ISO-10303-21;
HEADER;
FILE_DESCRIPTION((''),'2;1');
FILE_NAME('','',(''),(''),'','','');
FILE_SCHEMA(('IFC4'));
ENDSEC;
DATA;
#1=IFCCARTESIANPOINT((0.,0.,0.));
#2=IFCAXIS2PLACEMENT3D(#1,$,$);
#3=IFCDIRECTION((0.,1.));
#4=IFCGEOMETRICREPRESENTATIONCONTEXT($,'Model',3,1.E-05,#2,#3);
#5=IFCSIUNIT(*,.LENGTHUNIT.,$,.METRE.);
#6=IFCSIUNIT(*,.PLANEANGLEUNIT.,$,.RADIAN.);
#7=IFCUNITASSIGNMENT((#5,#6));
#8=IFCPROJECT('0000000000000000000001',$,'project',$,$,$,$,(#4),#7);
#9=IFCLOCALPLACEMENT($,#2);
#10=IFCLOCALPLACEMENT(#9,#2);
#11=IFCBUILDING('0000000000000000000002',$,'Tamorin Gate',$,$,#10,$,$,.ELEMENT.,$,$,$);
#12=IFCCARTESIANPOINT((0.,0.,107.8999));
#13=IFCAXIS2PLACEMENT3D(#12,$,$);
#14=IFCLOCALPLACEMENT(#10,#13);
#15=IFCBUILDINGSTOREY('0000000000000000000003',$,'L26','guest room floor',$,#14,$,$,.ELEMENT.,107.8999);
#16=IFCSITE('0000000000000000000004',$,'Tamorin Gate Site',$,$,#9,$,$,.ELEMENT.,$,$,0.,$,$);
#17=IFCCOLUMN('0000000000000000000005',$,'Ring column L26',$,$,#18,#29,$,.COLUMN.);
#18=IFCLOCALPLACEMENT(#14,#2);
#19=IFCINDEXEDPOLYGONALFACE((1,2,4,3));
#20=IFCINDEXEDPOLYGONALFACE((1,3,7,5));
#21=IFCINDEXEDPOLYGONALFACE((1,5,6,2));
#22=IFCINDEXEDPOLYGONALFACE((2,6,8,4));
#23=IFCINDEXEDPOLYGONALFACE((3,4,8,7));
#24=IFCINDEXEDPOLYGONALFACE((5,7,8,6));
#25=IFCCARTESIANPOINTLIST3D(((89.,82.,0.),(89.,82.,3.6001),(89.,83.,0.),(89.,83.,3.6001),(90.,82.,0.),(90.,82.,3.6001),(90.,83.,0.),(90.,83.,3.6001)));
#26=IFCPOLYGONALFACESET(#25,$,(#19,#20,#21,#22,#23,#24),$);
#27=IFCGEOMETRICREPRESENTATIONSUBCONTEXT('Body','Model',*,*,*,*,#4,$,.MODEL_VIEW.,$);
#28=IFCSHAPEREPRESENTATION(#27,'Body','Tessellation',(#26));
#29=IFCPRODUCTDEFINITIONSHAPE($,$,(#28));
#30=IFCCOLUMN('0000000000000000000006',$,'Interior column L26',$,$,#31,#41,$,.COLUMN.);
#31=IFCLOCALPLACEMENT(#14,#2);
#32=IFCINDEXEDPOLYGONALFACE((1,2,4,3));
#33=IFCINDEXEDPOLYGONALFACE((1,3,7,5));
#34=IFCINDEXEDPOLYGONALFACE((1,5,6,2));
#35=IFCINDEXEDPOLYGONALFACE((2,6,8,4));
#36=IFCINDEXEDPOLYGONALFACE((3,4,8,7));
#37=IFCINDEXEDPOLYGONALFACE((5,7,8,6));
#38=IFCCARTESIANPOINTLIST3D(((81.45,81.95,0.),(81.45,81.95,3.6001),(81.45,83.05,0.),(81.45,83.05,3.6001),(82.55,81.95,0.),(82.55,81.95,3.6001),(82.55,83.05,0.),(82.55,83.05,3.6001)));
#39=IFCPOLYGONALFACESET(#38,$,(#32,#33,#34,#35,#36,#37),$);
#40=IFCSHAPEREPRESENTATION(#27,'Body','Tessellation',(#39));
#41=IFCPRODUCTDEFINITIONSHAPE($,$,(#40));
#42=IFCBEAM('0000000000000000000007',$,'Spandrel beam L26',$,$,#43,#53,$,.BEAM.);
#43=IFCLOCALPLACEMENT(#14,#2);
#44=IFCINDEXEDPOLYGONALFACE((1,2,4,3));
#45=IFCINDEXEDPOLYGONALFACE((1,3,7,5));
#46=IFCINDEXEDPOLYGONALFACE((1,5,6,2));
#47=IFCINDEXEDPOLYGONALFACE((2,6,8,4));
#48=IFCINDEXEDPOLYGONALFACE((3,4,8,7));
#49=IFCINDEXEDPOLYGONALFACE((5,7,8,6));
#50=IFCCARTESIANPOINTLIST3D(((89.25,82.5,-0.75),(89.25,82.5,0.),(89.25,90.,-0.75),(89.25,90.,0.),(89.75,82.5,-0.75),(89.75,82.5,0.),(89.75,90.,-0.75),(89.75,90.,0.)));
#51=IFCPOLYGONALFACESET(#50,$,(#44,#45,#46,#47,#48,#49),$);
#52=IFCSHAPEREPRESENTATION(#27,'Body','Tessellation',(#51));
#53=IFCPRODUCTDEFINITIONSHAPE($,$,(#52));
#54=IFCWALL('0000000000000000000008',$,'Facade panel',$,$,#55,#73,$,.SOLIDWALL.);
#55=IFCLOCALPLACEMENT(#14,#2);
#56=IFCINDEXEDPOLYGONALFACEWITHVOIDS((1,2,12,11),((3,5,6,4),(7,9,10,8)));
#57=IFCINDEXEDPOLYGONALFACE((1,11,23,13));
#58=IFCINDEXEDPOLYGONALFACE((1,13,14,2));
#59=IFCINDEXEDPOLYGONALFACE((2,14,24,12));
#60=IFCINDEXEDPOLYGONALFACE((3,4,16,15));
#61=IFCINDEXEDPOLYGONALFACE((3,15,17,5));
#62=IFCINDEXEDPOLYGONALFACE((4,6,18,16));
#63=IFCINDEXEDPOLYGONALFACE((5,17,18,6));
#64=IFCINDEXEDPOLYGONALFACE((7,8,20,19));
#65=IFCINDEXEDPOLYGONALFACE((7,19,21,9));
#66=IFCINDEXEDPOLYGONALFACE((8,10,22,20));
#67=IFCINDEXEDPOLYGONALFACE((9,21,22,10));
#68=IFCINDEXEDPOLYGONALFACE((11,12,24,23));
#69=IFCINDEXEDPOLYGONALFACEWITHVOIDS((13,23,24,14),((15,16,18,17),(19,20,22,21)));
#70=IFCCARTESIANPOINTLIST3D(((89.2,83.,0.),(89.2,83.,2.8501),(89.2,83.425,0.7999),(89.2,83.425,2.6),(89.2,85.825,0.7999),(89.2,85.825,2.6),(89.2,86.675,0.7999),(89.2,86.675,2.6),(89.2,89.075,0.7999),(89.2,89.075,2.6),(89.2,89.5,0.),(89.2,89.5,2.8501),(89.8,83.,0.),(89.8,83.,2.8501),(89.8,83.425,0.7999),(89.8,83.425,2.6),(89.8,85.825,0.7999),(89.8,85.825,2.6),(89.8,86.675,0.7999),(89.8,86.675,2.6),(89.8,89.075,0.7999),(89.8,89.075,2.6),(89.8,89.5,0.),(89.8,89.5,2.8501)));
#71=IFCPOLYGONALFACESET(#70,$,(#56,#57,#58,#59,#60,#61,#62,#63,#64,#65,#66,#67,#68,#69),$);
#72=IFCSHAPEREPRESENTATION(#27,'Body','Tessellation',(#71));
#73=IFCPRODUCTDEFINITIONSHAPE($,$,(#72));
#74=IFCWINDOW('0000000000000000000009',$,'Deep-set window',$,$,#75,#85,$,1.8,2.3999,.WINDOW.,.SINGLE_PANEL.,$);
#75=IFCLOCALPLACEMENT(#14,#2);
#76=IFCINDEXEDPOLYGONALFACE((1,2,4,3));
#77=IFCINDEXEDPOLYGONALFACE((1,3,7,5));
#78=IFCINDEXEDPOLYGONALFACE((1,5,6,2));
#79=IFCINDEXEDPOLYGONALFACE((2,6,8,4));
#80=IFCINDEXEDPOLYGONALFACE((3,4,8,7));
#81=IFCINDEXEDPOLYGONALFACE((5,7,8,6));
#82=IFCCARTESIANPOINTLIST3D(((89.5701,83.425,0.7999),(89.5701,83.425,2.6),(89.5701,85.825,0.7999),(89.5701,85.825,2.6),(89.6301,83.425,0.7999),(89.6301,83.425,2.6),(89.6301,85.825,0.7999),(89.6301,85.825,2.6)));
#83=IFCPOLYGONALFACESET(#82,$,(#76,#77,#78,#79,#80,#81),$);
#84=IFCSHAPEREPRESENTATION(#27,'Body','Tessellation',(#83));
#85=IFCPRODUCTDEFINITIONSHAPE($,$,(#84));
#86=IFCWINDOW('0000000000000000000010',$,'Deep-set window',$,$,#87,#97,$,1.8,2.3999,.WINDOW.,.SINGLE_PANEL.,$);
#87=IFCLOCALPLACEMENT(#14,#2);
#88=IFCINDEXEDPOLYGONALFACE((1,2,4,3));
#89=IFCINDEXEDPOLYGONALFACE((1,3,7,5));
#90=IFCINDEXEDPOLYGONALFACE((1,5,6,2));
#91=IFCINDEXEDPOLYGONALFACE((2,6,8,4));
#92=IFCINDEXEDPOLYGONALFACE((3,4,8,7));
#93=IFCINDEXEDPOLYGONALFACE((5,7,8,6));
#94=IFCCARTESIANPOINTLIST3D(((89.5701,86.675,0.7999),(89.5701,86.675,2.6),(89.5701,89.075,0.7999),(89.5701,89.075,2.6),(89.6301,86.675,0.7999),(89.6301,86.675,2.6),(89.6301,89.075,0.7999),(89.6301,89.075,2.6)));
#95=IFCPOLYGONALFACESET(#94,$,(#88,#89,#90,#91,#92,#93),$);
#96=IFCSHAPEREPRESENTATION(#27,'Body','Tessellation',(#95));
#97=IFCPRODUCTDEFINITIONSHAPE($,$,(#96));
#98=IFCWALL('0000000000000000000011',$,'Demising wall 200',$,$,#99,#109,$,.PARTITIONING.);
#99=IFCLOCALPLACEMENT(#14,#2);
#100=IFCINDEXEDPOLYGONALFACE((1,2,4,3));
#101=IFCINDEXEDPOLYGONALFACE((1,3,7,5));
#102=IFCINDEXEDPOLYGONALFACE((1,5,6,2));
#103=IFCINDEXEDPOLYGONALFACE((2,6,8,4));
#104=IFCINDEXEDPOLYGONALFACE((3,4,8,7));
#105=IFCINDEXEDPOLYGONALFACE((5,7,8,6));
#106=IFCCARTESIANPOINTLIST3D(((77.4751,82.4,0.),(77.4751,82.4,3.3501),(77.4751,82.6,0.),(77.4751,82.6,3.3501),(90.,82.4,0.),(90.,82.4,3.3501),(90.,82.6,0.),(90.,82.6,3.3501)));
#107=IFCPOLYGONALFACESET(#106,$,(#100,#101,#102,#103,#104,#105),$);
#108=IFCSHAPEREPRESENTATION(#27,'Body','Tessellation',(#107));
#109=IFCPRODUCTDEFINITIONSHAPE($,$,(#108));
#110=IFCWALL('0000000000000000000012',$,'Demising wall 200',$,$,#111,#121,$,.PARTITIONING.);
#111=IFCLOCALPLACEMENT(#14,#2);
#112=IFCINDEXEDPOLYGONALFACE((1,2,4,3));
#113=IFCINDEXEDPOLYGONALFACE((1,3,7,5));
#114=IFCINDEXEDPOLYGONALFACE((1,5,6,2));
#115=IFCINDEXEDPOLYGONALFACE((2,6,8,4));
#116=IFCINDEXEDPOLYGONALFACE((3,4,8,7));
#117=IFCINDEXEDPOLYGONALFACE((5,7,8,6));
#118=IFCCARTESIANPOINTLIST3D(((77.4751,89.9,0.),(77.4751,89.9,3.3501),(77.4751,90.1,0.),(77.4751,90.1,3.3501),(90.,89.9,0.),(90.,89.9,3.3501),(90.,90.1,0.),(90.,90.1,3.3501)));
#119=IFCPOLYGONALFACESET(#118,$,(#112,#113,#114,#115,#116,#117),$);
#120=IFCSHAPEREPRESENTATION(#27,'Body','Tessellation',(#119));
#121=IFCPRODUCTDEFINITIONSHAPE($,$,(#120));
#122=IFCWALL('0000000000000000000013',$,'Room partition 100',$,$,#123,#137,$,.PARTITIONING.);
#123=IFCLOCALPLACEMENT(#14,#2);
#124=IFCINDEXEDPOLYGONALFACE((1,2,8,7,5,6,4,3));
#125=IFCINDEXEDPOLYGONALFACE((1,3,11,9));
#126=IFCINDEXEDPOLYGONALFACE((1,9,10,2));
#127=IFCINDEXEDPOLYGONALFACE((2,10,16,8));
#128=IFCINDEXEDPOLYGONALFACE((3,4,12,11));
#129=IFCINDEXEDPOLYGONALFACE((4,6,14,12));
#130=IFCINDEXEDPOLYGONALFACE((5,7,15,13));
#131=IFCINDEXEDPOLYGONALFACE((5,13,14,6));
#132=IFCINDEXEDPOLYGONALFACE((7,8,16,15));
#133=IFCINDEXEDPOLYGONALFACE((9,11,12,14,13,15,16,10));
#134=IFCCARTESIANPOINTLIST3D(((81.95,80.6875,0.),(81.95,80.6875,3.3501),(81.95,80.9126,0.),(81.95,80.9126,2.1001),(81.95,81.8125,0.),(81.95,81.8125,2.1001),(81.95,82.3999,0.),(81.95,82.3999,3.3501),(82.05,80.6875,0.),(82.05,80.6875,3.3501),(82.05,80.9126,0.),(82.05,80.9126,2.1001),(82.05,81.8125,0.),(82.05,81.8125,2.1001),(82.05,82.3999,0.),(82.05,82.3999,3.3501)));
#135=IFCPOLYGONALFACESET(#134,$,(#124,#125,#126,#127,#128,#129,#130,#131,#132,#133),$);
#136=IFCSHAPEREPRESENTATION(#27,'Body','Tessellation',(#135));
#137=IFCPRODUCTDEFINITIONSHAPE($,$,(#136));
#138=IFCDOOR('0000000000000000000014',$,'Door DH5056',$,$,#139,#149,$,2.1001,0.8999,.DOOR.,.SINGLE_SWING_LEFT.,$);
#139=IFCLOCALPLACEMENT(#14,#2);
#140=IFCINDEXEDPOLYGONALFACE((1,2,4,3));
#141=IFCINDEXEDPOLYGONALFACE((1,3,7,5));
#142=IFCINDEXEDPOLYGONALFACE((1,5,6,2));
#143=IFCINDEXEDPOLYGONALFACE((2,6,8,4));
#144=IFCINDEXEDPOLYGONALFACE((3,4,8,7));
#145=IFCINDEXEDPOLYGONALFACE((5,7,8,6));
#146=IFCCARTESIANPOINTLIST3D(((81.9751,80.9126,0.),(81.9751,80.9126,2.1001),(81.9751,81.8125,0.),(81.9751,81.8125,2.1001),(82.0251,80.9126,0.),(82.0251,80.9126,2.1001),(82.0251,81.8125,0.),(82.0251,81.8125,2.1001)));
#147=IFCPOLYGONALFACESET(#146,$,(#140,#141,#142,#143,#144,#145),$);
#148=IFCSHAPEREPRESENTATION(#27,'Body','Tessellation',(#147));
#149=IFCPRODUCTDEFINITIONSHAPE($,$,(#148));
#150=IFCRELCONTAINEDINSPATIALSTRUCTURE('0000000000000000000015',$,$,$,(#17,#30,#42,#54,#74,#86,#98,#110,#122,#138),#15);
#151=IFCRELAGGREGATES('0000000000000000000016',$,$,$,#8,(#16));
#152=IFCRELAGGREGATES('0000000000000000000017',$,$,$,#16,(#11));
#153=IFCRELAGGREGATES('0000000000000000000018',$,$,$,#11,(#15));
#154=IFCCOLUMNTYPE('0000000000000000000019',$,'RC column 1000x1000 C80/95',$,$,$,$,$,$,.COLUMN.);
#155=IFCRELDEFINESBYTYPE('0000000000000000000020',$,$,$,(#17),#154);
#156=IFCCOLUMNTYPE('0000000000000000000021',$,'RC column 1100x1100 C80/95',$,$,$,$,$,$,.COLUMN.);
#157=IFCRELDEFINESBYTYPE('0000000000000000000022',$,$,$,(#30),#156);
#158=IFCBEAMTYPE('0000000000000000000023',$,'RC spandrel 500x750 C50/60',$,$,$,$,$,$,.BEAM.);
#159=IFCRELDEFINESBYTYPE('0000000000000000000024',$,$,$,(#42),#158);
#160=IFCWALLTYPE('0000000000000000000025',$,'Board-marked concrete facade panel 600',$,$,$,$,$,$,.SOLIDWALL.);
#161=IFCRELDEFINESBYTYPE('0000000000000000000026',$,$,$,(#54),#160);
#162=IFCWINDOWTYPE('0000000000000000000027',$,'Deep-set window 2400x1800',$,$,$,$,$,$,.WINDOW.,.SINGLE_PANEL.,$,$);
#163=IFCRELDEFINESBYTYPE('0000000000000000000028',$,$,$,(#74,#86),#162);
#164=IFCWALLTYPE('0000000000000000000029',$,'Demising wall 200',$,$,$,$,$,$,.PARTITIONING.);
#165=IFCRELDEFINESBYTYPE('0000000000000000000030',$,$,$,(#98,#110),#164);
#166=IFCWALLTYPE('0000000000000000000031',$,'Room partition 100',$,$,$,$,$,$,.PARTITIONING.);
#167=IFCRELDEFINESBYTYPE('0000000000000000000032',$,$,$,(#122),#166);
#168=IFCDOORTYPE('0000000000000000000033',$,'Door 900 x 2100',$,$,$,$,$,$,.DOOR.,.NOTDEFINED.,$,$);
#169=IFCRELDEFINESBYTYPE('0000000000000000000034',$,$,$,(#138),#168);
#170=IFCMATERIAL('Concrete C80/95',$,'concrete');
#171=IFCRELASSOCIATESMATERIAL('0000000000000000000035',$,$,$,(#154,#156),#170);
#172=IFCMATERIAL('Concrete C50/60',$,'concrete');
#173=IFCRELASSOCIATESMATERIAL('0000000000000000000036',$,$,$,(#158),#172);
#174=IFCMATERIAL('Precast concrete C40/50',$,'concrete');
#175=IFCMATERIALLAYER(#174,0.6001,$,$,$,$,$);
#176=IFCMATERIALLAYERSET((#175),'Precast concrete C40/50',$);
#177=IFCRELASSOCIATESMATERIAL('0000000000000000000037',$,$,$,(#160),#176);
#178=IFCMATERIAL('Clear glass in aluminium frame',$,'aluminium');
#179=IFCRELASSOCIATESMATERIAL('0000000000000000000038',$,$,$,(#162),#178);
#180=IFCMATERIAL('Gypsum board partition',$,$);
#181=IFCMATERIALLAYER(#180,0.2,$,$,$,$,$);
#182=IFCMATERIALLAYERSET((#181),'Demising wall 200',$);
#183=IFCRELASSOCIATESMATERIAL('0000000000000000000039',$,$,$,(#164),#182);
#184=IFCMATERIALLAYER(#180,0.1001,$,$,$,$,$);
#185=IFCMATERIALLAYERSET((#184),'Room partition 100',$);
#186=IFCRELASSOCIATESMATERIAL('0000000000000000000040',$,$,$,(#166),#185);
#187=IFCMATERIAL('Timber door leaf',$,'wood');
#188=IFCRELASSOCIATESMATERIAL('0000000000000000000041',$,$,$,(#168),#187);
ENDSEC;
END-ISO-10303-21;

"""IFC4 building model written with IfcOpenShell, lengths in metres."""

from ifc_helpers import new_model, si_unit, direction, frame, frame_2d, origin, origin_2d, place, context, subcontext, project, spatial, rectangle, extrude, material, layer, layer_set, material_profile, profile_set, type_object, element, fill, save


model = new_model("IFC4")

# Units and contexts
model_context = context("Model", 3, precision=1e-05, world=origin(), true_north=direction((0.0, 1.0)))
body_context = subcontext(model_context, "Body", "Model", "MODEL_VIEW")
ifc_project = project(units=[si_unit("LENGTHUNIT", "METRE"), si_unit("PLANEANGLEUNIT", "RADIAN")], contexts=[model_context])

# Site, building, storey
site_placement = place(None, origin())
site = spatial("IfcSite", under=ifc_project, at=site_placement, Name="Tamorin Gate Site", CompositionType="ELEMENT", RefElevation=0.0)
building_placement = place(site_placement, origin())
building = spatial("IfcBuilding", under=site, at=building_placement, Name="Tamorin Gate", CompositionType="ELEMENT")
storey_placement = place(building_placement, frame((0.0, 0.0, 107.8999)))
storey = spatial("IfcBuildingStorey", under=building, at=storey_placement, Name="L26", Description="guest room floor", CompositionType="ELEMENT", Elevation=107.8999)

# Columns
ifc_material_1 = material(Name="Concrete C80/95", Category="concrete")
ifc_material_profile_1 = material_profile(ifc_material_1, rectangle(XDim=1.0, YDim=1.0, at=origin_2d()), Name="RC 1000x1000")
ifc_profile_set_1 = profile_set([ifc_material_profile_1], Name="Concrete C80/95")
column_type_1 = type_object("IfcColumnType", Name="RC column 1000x1000 C80/95", PredefinedType="COLUMN", material=ifc_profile_set_1)
column_1_placement = place(storey_placement, frame((89.5, 82.5, 0.0), z_axis=(0.0, 0.0, 1.0), x_axis=(1.0, 0.0, 0.0)))
element("IfcColumn", 1, at=column_1_placement, inside=storey, type_object=column_type_1, Name="Ring column L26", PredefinedType="COLUMN", context=body_context, shape_type="SweptSolid", body=[
    extrude(rectangle(XDim=1.0, YDim=1.0, at=origin_2d()), origin(), (0.0, 0.0, 1.0), 3.6001),
])
ifc_material_profile_2 = material_profile(ifc_material_1, rectangle(XDim=1.1001, YDim=1.1001, at=origin_2d()), Name="RC 1100x1100")
ifc_profile_set_2 = profile_set([ifc_material_profile_2], Name="Concrete C80/95")
column_type_2 = type_object("IfcColumnType", Name="RC column 1100x1100 C80/95", PredefinedType="COLUMN", material=ifc_profile_set_2)
column_2_placement = place(storey_placement, frame((82.0, 82.5, 0.0), z_axis=(0.0, 0.0, 1.0), x_axis=(1.0, 0.0, 0.0)))
element("IfcColumn", 2, at=column_2_placement, inside=storey, type_object=column_type_2, Name="Interior column L26", PredefinedType="COLUMN", context=body_context, shape_type="SweptSolid", body=[
    extrude(rectangle(XDim=1.1001, YDim=1.1001, at=origin_2d()), origin(), (0.0, 0.0, 1.0), 3.6001),
])

# Beam
ifc_material_2 = material(Name="Concrete C50/60", Category="concrete")
ifc_material_profile_3 = material_profile(ifc_material_2, rectangle(XDim=0.5, YDim=0.75, at=origin_2d()), Name="RC 500x750")
ifc_profile_set_3 = profile_set([ifc_material_profile_3], Name="Concrete C50/60")
beam_type = type_object("IfcBeamType", Name="RC spandrel 500x750 C50/60", PredefinedType="BEAM", material=ifc_profile_set_3)
beam_placement = place(storey_placement, frame((89.5, 82.5, -0.375), z_axis=(0.0, 1.0, 0.0), x_axis=(-1.0, 0.0, 0.0)))
element("IfcBeam", 3, at=beam_placement, inside=storey, type_object=beam_type, Name="Spandrel beam L26", PredefinedType="BEAM", context=body_context, shape_type="SweptSolid", body=[
    extrude(rectangle(XDim=0.5, YDim=0.75, at=origin_2d()), origin(), (0.0, 0.0, 1.0), 7.5),
])

# Wall, openings, windows
ifc_material_3 = material(Name="Precast concrete C40/50", Category="concrete")
ifc_layer_1 = layer(ifc_material_3, 0.6001)
ifc_layer_set_1 = layer_set([ifc_layer_1], Name="Precast concrete C40/50")
wall_type_1 = type_object("IfcWallType", Name="Board-marked concrete facade panel 600", PredefinedType="SOLIDWALL", material=ifc_layer_set_1)
wall_1_placement = place(storey_placement, frame((89.5, 83.0, 0.0), z_axis=(0.0, 0.0, 1.0), x_axis=(0.0, 1.0, 0.0)))
wall_1 = element("IfcWall", 4, at=wall_1_placement, inside=storey, type_object=wall_type_1, Name="Facade panel", PredefinedType="SOLIDWALL", context=body_context, shape_type="SweptSolid", body=[
    extrude(rectangle(XDim=6.5, YDim=0.6001, at=frame_2d((3.25, 0.0))), origin(), (0.0, 0.0, 1.0), 2.8501),
])
opening_1_placement = place(wall_1_placement, frame((0.425, 0.0, 0.8)))
opening_1 = element("IfcOpeningElement", 5, at=opening_1_placement, cuts=wall_1, PredefinedType="OPENING", context=body_context, shape_type="SweptSolid", body=[
    extrude(rectangle(XDim=2.3999, YDim=1.8, at=frame_2d((1.2, 0.8999))), frame((0.0, 0.3101, 0.0), z_axis=(0.0, -1.0, 0.0), x_axis=(1.0, 0.0, 0.0)), (0.0, 0.0, 1.0), 0.6201),
])
opening_2_placement = place(wall_1_placement, frame((3.675, 0.0, 0.8)))
opening_2 = element("IfcOpeningElement", 6, at=opening_2_placement, cuts=wall_1, PredefinedType="OPENING", context=body_context, shape_type="SweptSolid", body=[
    extrude(rectangle(XDim=2.3999, YDim=1.8, at=frame_2d((1.2, 0.8999))), frame((0.0, 0.3101, 0.0), z_axis=(0.0, -1.0, 0.0), x_axis=(1.0, 0.0, 0.0)), (0.0, 0.0, 1.0), 0.6201),
])
ifc_material_4 = material(Name="Clear glass in aluminium frame", Category="aluminium")
window_type = type_object("IfcWindowType", Name="Deep-set window 2400x1800", PartitioningType="SINGLE_PANEL", PredefinedType="WINDOW", material=ifc_material_4)
window_1_placement = place(opening_1_placement, origin())
window_1 = element("IfcWindow", 7, at=window_1_placement, inside=storey, type_object=window_type, Name="Deep-set window", OverallHeight=1.8, OverallWidth=2.3999, PartitioningType="SINGLE_PANEL", PredefinedType="WINDOW", context=body_context, shape_type="SweptSolid", body=[
    extrude(rectangle(XDim=2.3999, YDim=1.8, at=frame_2d((1.2, 0.8999))), frame((0.0, -0.0701, 0.0), z_axis=(0.0, -1.0, 0.0), x_axis=(1.0, 0.0, 0.0)), (0.0, 0.0, 1.0), 0.0601),
])
fill(opening_1, window_1)
window_2_placement = place(opening_2_placement, origin())
window_2 = element("IfcWindow", 8, at=window_2_placement, inside=storey, type_object=window_type, Name="Deep-set window", OverallHeight=1.8, OverallWidth=2.3999, PartitioningType="SINGLE_PANEL", PredefinedType="WINDOW", context=body_context, shape_type="SweptSolid", body=[
    extrude(rectangle(XDim=2.3999, YDim=1.8, at=frame_2d((1.2, 0.8999))), frame((0.0, -0.0701, 0.0), z_axis=(0.0, -1.0, 0.0), x_axis=(1.0, 0.0, 0.0)), (0.0, 0.0, 1.0), 0.0601),
])
fill(opening_2, window_2)

# Walls
ifc_material_5 = material(Name="Gypsum board partition")
ifc_layer_2 = layer(ifc_material_5, 0.2)
ifc_layer_set_2 = layer_set([ifc_layer_2], Name="Demising wall 200")
wall_type_2 = type_object("IfcWallType", Name="Demising wall 200", PredefinedType="PARTITIONING", material=ifc_layer_set_2)
for number, where, z_axis, x_axis, name in (
    (9, (77.4751, 82.5, 0.0), (0.0, 0.0, 1.0), (1.0, 0.0, 0.0), "Demising wall 200"),
    (10, (77.4751, 90.0, 0.0), (0.0, 0.0, 1.0), (1.0, 0.0, 0.0), "Demising wall 200"),
):
    element("IfcWall", number, at=place(storey_placement, frame(where, z_axis=z_axis, x_axis=x_axis)), inside=storey, type_object=wall_type_2, Name=name, PredefinedType="PARTITIONING", context=body_context, shape_type="SweptSolid", body=[
        extrude(rectangle(XDim=12.5249, YDim=0.2, at=frame_2d((6.2625, 0.0))), origin(), (0.0, 0.0, 1.0), 3.3501),
    ])

# Wall, opening, door
ifc_layer_3 = layer(ifc_material_5, 0.1001)
ifc_layer_set_3 = layer_set([ifc_layer_3], Name="Room partition 100")
wall_type_3 = type_object("IfcWallType", Name="Room partition 100", PredefinedType="PARTITIONING", material=ifc_layer_set_3)
wall_2_placement = place(storey_placement, frame((82.0, 80.6875, 0.0), z_axis=(0.0, 0.0, 1.0), x_axis=(0.0, 1.0, 0.0)))
wall_2 = element("IfcWall", 11, at=wall_2_placement, inside=storey, type_object=wall_type_3, Name="Room partition 100", PredefinedType="PARTITIONING", context=body_context, shape_type="SweptSolid", body=[
    extrude(rectangle(XDim=1.7124, YDim=0.1001, at=frame_2d((0.8562, 0.0))), origin(), (0.0, 0.0, 1.0), 3.3501),
])
opening_3_placement = place(wall_2_placement, frame((0.2251, 0.0, 0.0)))
opening_3 = element("IfcOpeningElement", 12, at=opening_3_placement, cuts=wall_2, PredefinedType="OPENING", context=body_context, shape_type="SweptSolid", body=[
    extrude(rectangle(XDim=0.8999, YDim=2.1001, at=frame_2d((0.45, 1.05))), frame((0.0, 0.0601, 0.0), z_axis=(0.0, -1.0, 0.0), x_axis=(1.0, 0.0, 0.0)), (0.0, 0.0, 1.0), 0.1201),
])
ifc_material_6 = material(Name="Timber door leaf", Category="wood")
door_type_1 = type_object("IfcDoorType", Name="Door 900 x 2100", OperationType="NOTDEFINED", PredefinedType="DOOR", material=ifc_material_6)
door_1_placement = place(opening_3_placement, origin())
door_1 = element("IfcDoor", 13, at=door_1_placement, inside=storey, type_object=door_type_1, Name="Door DH5056", OperationType="SINGLE_SWING_LEFT", OverallHeight=2.1001, OverallWidth=0.8999, PredefinedType="DOOR", context=body_context, shape_type="SweptSolid", body=[
    extrude(rectangle(XDim=0.8999, YDim=2.1001, at=frame_2d((0.45, 1.05))), frame((0.0, 0.0249, 0.0), z_axis=(0.0, -1.0, 0.0), x_axis=(1.0, 0.0, 0.0)), (0.0, 0.0, 1.0), 0.05),
])
fill(opening_3, door_1)

save(model, "model.ifc")
